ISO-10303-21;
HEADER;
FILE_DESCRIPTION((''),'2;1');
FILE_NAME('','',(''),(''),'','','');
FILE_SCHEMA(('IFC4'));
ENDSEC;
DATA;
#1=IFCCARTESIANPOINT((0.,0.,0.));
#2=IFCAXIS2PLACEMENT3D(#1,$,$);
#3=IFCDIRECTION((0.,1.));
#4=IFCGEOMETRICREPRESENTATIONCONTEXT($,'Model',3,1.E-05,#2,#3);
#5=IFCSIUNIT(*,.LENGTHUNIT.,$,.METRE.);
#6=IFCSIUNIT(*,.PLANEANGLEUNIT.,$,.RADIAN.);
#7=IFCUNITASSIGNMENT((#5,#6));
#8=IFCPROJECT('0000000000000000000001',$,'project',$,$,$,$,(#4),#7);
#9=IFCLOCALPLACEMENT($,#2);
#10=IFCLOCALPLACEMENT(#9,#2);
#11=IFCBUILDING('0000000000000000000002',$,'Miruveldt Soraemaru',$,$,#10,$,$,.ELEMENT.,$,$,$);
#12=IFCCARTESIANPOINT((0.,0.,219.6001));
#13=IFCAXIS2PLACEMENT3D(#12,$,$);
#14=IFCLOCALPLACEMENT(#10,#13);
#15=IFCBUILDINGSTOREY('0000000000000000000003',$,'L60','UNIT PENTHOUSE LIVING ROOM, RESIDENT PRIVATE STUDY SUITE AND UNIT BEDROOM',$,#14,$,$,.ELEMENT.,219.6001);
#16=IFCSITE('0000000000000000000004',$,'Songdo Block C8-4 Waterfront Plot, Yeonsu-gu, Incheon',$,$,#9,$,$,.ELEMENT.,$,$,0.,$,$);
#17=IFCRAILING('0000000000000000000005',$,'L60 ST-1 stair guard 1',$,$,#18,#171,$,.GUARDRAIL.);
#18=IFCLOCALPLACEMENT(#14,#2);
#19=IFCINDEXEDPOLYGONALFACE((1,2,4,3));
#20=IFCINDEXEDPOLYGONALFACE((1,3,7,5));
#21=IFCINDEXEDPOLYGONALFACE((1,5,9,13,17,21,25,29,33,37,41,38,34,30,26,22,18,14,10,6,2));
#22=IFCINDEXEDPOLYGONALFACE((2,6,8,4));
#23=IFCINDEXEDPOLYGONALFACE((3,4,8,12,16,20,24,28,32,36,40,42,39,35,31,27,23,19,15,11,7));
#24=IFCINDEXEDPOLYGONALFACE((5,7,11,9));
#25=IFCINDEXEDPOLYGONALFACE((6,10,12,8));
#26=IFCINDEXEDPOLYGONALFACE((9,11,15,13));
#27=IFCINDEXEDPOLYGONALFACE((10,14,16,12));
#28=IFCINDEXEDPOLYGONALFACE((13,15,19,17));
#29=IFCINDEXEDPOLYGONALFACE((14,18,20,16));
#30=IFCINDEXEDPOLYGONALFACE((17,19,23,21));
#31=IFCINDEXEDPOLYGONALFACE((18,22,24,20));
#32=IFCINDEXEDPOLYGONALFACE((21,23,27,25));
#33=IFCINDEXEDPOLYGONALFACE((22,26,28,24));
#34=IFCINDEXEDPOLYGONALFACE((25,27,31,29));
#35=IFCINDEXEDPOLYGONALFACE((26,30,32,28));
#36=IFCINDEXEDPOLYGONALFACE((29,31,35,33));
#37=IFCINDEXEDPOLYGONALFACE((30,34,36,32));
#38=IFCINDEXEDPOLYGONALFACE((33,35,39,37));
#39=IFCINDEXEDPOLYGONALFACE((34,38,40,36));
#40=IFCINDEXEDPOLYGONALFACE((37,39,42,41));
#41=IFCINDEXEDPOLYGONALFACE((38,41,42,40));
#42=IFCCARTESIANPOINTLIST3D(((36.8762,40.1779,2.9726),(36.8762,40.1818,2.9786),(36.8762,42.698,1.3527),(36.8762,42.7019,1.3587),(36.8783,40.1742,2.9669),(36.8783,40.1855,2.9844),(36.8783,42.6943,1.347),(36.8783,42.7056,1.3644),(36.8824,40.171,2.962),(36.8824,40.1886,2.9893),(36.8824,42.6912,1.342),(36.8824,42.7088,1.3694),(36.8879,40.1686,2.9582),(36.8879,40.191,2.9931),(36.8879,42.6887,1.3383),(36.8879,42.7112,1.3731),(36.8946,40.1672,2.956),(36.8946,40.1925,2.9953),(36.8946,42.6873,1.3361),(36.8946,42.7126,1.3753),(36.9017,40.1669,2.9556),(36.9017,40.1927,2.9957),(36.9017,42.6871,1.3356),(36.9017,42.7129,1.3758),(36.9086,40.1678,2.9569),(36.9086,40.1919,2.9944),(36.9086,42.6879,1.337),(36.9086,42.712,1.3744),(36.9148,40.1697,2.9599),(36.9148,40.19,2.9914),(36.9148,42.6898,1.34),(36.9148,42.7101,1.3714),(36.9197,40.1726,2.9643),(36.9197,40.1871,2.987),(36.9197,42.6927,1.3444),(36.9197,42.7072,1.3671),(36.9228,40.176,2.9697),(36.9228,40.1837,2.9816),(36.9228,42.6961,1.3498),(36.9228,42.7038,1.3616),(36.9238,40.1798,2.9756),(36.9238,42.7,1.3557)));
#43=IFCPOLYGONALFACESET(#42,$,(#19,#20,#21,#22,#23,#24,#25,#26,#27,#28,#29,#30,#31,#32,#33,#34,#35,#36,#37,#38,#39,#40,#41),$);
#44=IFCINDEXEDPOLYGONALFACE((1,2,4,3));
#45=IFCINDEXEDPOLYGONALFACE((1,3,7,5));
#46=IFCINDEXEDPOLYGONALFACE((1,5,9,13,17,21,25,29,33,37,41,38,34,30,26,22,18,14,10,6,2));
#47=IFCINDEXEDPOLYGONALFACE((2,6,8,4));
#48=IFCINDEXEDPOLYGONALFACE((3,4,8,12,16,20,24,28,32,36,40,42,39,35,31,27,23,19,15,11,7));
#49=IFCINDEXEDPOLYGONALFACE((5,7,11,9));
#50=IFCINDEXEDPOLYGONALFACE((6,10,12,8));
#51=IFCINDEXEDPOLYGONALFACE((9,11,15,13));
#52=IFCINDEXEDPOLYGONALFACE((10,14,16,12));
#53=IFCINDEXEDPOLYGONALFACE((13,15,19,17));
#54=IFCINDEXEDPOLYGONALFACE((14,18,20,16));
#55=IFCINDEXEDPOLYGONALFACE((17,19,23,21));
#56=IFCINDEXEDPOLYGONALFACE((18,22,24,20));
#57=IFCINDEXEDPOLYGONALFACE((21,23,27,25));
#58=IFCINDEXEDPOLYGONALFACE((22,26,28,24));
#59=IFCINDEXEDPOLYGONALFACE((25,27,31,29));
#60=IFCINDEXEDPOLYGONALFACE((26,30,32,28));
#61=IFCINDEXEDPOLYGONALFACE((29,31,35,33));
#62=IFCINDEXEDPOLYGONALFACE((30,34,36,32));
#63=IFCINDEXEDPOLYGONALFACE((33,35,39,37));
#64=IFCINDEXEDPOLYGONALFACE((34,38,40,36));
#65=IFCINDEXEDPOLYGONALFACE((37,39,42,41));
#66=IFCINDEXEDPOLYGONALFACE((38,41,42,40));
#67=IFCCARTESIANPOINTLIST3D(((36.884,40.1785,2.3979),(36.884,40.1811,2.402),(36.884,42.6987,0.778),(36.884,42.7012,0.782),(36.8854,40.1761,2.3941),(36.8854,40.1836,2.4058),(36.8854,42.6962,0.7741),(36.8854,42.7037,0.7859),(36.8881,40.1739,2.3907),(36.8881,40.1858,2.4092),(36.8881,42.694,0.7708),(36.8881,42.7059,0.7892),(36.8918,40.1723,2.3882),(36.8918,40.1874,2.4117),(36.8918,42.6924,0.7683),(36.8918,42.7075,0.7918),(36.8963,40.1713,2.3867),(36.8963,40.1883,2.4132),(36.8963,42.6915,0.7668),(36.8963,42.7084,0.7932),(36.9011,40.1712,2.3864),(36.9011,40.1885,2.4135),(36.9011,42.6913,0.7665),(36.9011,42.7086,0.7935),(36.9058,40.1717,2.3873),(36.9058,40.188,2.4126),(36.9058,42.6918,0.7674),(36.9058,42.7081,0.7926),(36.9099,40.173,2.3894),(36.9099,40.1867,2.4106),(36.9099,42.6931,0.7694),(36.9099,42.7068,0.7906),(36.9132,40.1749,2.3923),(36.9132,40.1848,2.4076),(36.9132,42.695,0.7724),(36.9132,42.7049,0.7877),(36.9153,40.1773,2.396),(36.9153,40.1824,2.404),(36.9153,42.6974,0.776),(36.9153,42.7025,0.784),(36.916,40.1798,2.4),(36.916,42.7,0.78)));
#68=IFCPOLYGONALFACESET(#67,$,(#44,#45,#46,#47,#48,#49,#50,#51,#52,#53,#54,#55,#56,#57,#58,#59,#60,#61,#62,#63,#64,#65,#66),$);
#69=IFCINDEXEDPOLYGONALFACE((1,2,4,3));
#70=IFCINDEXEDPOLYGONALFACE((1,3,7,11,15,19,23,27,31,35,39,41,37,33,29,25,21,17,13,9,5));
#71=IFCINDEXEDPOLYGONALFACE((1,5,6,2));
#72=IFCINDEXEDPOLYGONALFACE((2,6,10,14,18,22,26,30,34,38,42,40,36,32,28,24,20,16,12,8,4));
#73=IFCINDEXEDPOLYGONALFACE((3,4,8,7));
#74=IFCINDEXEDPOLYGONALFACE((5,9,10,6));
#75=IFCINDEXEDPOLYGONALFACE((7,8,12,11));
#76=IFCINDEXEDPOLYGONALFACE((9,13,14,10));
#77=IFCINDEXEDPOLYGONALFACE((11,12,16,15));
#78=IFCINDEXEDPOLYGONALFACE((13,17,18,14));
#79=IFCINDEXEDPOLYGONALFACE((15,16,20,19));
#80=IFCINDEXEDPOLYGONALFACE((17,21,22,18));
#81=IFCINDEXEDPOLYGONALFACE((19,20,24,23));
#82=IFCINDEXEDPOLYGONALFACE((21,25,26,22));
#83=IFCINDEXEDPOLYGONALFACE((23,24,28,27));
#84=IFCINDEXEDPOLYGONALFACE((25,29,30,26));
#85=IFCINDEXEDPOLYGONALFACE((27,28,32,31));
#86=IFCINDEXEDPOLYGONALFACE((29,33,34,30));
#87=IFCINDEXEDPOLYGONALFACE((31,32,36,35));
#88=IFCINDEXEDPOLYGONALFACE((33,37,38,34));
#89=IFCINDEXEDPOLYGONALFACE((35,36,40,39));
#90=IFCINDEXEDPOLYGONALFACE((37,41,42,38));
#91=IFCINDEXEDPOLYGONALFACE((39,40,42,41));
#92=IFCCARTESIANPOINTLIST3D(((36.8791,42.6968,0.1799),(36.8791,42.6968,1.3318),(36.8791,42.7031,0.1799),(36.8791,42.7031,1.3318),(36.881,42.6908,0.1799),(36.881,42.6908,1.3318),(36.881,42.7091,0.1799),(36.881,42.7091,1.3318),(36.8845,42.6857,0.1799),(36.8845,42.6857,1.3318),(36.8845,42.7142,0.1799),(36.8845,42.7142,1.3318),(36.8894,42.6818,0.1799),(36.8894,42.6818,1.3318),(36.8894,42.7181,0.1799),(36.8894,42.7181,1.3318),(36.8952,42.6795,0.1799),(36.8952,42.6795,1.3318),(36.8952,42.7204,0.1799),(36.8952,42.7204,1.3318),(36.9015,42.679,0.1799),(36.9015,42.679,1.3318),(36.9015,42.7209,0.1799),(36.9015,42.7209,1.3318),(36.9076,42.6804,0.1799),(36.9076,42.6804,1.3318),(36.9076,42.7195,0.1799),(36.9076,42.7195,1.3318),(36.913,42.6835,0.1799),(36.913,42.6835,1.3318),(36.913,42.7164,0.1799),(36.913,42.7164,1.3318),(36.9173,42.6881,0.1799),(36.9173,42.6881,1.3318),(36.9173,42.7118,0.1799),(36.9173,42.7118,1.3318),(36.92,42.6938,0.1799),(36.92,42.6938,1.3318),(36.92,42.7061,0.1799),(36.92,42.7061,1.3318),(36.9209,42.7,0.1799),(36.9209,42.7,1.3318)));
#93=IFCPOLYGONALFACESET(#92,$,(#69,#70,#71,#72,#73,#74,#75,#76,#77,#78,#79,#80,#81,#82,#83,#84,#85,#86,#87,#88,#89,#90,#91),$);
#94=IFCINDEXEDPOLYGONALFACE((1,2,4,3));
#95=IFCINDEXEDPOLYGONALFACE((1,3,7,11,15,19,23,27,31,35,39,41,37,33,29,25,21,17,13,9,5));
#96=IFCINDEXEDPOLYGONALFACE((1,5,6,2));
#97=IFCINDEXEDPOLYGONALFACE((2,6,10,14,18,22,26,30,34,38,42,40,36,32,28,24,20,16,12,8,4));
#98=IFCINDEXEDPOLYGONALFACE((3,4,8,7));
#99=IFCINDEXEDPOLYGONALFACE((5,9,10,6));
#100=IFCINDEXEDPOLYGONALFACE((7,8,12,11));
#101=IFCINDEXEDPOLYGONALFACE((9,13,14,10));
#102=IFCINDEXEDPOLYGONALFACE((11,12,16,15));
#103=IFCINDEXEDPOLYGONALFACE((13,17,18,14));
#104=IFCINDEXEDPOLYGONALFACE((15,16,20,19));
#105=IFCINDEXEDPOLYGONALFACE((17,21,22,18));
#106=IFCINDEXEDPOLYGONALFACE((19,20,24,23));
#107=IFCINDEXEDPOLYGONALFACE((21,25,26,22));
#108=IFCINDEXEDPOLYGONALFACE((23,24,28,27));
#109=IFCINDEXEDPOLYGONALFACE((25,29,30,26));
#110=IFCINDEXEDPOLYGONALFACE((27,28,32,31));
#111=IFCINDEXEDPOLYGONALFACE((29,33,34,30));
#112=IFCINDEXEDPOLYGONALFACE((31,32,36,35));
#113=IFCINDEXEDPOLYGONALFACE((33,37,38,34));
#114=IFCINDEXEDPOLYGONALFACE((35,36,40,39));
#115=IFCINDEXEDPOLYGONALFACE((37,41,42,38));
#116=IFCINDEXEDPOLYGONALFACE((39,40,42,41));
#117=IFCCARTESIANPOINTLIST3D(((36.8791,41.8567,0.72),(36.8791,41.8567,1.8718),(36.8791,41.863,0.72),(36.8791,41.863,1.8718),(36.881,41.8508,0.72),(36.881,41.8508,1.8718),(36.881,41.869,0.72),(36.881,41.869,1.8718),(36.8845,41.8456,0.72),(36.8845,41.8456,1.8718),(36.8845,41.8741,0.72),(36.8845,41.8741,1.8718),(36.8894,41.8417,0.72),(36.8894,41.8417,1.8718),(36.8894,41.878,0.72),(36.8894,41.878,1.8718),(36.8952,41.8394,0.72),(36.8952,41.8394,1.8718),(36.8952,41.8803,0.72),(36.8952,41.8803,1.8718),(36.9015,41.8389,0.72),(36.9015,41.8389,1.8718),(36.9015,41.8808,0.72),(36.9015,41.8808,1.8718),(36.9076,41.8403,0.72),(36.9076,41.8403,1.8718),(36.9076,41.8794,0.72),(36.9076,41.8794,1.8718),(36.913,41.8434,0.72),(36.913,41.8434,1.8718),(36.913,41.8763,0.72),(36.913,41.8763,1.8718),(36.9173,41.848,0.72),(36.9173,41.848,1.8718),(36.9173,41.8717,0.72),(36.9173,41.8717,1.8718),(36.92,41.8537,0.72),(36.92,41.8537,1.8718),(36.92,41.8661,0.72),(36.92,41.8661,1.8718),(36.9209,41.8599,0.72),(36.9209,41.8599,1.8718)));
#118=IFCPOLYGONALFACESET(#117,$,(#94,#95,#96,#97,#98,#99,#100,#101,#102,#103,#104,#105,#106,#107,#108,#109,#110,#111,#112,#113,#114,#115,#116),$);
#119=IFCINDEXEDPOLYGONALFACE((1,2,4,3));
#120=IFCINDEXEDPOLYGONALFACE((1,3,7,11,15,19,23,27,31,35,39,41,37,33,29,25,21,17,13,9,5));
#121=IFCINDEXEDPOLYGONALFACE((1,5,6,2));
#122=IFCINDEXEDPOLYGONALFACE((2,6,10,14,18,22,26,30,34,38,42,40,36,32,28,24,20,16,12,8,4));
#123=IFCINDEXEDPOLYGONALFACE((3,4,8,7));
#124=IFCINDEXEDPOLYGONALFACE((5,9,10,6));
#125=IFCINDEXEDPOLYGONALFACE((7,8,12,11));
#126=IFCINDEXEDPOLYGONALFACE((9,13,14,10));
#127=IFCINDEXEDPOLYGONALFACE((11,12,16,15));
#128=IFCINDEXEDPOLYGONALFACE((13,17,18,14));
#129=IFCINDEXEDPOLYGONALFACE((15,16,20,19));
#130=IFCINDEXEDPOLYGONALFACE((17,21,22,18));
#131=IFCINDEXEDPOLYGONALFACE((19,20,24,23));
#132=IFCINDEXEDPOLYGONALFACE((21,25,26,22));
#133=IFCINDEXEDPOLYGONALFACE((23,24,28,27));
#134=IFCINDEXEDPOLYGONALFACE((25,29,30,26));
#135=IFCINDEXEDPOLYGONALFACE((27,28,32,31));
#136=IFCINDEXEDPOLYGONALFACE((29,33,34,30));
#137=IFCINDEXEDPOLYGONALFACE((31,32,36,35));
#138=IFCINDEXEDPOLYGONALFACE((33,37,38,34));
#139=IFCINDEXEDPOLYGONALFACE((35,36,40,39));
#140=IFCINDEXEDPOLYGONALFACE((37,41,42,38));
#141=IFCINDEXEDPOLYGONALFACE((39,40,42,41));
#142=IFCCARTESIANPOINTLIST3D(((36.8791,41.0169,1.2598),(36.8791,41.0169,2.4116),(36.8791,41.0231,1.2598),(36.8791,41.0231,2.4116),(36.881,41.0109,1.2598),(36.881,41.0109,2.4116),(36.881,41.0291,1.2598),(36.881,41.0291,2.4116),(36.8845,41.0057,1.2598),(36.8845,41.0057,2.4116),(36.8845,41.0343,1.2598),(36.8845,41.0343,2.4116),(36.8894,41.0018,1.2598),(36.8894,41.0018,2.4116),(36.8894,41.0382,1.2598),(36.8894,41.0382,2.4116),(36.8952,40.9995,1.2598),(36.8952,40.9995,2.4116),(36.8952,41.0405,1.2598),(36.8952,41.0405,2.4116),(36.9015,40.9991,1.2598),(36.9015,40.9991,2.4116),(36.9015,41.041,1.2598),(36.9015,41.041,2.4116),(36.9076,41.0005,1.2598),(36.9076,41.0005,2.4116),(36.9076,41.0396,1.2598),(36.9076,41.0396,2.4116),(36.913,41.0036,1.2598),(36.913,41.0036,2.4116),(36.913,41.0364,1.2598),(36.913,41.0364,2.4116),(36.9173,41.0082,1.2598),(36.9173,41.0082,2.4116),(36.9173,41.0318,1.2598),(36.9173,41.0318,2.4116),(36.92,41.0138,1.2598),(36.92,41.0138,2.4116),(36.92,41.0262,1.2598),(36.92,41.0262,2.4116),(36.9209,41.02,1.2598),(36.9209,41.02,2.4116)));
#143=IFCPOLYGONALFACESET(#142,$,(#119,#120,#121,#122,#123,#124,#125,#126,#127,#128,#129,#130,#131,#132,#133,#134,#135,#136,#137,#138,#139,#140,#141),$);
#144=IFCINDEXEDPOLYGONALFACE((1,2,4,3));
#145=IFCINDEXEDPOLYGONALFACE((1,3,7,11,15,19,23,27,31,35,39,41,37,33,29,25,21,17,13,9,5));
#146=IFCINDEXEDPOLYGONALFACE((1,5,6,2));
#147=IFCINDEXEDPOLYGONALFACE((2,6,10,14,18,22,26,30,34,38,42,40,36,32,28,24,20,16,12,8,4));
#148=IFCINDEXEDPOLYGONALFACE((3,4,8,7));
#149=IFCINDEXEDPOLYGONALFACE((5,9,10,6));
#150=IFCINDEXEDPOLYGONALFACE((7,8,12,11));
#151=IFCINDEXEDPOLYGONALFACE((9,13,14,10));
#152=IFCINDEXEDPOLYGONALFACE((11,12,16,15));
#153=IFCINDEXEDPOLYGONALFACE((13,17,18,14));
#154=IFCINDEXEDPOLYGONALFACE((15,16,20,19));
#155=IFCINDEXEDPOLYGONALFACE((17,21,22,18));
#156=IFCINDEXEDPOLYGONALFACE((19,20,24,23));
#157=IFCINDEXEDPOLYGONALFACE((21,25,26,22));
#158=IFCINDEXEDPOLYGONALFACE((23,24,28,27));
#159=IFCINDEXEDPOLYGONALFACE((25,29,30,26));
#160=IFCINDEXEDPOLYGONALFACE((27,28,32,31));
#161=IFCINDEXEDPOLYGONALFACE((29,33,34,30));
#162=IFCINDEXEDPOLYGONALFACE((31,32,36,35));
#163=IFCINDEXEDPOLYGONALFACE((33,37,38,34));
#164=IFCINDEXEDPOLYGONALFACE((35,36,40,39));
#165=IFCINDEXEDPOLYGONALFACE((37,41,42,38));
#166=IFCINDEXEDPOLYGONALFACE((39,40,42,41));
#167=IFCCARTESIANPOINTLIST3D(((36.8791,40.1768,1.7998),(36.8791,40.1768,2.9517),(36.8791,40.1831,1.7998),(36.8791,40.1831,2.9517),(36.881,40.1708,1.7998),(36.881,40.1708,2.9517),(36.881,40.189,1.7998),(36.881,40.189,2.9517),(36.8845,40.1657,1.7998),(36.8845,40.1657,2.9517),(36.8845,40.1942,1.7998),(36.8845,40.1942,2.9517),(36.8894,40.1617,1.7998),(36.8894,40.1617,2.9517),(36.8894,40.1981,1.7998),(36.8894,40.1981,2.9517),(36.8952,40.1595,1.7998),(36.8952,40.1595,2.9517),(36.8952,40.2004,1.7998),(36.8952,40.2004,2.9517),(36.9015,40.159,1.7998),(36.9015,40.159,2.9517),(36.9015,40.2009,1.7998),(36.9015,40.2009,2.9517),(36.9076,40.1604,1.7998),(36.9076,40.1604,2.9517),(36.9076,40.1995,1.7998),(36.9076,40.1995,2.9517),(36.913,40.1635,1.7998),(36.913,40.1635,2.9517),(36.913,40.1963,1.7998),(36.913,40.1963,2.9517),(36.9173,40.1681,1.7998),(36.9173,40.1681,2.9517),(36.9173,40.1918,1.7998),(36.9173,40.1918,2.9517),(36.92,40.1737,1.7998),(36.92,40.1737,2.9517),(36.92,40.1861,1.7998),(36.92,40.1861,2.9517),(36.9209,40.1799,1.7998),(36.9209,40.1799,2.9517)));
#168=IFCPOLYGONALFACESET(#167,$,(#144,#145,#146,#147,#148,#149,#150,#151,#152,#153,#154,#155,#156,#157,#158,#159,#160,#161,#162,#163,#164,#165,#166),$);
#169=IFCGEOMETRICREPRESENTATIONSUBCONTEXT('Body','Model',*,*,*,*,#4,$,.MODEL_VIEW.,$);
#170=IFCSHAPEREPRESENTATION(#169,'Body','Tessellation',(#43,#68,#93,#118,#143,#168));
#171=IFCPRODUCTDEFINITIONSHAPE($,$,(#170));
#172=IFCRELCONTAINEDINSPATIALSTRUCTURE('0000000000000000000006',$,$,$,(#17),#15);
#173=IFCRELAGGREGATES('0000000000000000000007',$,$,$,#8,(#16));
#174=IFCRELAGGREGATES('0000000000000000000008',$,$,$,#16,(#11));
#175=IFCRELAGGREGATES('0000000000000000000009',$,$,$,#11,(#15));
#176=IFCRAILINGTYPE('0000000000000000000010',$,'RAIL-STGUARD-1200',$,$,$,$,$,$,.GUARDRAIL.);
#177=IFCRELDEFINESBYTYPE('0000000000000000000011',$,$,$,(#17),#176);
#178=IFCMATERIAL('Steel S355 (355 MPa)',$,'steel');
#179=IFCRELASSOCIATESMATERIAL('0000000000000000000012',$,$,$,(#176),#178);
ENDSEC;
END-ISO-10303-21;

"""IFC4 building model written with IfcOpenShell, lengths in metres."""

from ifc_helpers import new_model, si_unit, direction, frame, origin, origin_2d, place, context, subcontext, project, spatial, circle, extrude, material, type_object, element, save


model = new_model("IFC4")

# Units and contexts
model_context = context("Model", 3, precision=1e-05, world=origin(), true_north=direction((0.0, 1.0)))
body_context = subcontext(model_context, "Body", "Model", "MODEL_VIEW")
ifc_project = project(units=[si_unit("LENGTHUNIT", "METRE"), si_unit("PLANEANGLEUNIT", "RADIAN")], contexts=[model_context])

# Site, building, storey
site_placement = place(None, origin())
site = spatial("IfcSite", under=ifc_project, at=site_placement, Name="Songdo Block C8-4 Waterfront Plot, Yeonsu-gu, Incheon", CompositionType="ELEMENT", RefElevation=0.0)
building_placement = place(site_placement, origin())
building = spatial("IfcBuilding", under=site, at=building_placement, Name="Miruveldt Soraemaru", CompositionType="ELEMENT")
storey_placement = place(building_placement, frame((0.0, 0.0, 219.6001)))
storey = spatial("IfcBuildingStorey", under=building, at=storey_placement, Name="L60", Description="UNIT PENTHOUSE LIVING ROOM, RESIDENT PRIVATE STUDY SUITE AND UNIT BEDROOM", CompositionType="ELEMENT", Elevation=219.6001)

# Railing
ifc_material_1 = material(Name="Steel S355 (355 MPa)", Category="steel")
railing_type_1 = type_object("IfcRailingType", Name="RAIL-STGUARD-1200", PredefinedType="GUARDRAIL", material=ifc_material_1)
railing_1_placement = place(storey_placement, frame((36.8999, 42.7, 0.1799)))
element("IfcRailing", 1, at=railing_1_placement, inside=storey, type_object=railing_type_1, Name="L60 ST-1 stair guard 1", PredefinedType="GUARDRAIL", context=body_context, shape_type="SweptSolid", body=[
    extrude(circle(Radius=0.0239, at=origin_2d()), frame((0.0, 0.0, 1.1758), z_axis=(0.0, -0.8412, 0.540725), x_axis=(1.0, 0.0, 0.0)), (0.0, 0.0, 1.0), 2.9958),
    extrude(circle(Radius=0.0161, at=origin_2d()), frame((0.0, 0.0, 0.6001), z_axis=(0.0, -0.8412, 0.540725), x_axis=(1.0, 0.0, 0.0)), (0.0, 0.0, 1.0), 2.9958),
    extrude(circle(Radius=0.021, at=origin_2d()), origin(), (0.0, 0.0, 1.0), 1.1519),
    extrude(circle(Radius=0.021, at=origin_2d()), frame((0.0, -0.8401, 0.54)), (0.0, 0.0, 1.0), 1.1519),
    extrude(circle(Radius=0.021, at=origin_2d()), frame((0.0, -1.6799, 1.0798)), (0.0, 0.0, 1.0), 1.1519),
    extrude(circle(Radius=0.021, at=origin_2d()), frame((0.0, -2.52, 1.6199)), (0.0, 0.0, 1.0), 1.1519),
])

save(model, "model.ifc")
